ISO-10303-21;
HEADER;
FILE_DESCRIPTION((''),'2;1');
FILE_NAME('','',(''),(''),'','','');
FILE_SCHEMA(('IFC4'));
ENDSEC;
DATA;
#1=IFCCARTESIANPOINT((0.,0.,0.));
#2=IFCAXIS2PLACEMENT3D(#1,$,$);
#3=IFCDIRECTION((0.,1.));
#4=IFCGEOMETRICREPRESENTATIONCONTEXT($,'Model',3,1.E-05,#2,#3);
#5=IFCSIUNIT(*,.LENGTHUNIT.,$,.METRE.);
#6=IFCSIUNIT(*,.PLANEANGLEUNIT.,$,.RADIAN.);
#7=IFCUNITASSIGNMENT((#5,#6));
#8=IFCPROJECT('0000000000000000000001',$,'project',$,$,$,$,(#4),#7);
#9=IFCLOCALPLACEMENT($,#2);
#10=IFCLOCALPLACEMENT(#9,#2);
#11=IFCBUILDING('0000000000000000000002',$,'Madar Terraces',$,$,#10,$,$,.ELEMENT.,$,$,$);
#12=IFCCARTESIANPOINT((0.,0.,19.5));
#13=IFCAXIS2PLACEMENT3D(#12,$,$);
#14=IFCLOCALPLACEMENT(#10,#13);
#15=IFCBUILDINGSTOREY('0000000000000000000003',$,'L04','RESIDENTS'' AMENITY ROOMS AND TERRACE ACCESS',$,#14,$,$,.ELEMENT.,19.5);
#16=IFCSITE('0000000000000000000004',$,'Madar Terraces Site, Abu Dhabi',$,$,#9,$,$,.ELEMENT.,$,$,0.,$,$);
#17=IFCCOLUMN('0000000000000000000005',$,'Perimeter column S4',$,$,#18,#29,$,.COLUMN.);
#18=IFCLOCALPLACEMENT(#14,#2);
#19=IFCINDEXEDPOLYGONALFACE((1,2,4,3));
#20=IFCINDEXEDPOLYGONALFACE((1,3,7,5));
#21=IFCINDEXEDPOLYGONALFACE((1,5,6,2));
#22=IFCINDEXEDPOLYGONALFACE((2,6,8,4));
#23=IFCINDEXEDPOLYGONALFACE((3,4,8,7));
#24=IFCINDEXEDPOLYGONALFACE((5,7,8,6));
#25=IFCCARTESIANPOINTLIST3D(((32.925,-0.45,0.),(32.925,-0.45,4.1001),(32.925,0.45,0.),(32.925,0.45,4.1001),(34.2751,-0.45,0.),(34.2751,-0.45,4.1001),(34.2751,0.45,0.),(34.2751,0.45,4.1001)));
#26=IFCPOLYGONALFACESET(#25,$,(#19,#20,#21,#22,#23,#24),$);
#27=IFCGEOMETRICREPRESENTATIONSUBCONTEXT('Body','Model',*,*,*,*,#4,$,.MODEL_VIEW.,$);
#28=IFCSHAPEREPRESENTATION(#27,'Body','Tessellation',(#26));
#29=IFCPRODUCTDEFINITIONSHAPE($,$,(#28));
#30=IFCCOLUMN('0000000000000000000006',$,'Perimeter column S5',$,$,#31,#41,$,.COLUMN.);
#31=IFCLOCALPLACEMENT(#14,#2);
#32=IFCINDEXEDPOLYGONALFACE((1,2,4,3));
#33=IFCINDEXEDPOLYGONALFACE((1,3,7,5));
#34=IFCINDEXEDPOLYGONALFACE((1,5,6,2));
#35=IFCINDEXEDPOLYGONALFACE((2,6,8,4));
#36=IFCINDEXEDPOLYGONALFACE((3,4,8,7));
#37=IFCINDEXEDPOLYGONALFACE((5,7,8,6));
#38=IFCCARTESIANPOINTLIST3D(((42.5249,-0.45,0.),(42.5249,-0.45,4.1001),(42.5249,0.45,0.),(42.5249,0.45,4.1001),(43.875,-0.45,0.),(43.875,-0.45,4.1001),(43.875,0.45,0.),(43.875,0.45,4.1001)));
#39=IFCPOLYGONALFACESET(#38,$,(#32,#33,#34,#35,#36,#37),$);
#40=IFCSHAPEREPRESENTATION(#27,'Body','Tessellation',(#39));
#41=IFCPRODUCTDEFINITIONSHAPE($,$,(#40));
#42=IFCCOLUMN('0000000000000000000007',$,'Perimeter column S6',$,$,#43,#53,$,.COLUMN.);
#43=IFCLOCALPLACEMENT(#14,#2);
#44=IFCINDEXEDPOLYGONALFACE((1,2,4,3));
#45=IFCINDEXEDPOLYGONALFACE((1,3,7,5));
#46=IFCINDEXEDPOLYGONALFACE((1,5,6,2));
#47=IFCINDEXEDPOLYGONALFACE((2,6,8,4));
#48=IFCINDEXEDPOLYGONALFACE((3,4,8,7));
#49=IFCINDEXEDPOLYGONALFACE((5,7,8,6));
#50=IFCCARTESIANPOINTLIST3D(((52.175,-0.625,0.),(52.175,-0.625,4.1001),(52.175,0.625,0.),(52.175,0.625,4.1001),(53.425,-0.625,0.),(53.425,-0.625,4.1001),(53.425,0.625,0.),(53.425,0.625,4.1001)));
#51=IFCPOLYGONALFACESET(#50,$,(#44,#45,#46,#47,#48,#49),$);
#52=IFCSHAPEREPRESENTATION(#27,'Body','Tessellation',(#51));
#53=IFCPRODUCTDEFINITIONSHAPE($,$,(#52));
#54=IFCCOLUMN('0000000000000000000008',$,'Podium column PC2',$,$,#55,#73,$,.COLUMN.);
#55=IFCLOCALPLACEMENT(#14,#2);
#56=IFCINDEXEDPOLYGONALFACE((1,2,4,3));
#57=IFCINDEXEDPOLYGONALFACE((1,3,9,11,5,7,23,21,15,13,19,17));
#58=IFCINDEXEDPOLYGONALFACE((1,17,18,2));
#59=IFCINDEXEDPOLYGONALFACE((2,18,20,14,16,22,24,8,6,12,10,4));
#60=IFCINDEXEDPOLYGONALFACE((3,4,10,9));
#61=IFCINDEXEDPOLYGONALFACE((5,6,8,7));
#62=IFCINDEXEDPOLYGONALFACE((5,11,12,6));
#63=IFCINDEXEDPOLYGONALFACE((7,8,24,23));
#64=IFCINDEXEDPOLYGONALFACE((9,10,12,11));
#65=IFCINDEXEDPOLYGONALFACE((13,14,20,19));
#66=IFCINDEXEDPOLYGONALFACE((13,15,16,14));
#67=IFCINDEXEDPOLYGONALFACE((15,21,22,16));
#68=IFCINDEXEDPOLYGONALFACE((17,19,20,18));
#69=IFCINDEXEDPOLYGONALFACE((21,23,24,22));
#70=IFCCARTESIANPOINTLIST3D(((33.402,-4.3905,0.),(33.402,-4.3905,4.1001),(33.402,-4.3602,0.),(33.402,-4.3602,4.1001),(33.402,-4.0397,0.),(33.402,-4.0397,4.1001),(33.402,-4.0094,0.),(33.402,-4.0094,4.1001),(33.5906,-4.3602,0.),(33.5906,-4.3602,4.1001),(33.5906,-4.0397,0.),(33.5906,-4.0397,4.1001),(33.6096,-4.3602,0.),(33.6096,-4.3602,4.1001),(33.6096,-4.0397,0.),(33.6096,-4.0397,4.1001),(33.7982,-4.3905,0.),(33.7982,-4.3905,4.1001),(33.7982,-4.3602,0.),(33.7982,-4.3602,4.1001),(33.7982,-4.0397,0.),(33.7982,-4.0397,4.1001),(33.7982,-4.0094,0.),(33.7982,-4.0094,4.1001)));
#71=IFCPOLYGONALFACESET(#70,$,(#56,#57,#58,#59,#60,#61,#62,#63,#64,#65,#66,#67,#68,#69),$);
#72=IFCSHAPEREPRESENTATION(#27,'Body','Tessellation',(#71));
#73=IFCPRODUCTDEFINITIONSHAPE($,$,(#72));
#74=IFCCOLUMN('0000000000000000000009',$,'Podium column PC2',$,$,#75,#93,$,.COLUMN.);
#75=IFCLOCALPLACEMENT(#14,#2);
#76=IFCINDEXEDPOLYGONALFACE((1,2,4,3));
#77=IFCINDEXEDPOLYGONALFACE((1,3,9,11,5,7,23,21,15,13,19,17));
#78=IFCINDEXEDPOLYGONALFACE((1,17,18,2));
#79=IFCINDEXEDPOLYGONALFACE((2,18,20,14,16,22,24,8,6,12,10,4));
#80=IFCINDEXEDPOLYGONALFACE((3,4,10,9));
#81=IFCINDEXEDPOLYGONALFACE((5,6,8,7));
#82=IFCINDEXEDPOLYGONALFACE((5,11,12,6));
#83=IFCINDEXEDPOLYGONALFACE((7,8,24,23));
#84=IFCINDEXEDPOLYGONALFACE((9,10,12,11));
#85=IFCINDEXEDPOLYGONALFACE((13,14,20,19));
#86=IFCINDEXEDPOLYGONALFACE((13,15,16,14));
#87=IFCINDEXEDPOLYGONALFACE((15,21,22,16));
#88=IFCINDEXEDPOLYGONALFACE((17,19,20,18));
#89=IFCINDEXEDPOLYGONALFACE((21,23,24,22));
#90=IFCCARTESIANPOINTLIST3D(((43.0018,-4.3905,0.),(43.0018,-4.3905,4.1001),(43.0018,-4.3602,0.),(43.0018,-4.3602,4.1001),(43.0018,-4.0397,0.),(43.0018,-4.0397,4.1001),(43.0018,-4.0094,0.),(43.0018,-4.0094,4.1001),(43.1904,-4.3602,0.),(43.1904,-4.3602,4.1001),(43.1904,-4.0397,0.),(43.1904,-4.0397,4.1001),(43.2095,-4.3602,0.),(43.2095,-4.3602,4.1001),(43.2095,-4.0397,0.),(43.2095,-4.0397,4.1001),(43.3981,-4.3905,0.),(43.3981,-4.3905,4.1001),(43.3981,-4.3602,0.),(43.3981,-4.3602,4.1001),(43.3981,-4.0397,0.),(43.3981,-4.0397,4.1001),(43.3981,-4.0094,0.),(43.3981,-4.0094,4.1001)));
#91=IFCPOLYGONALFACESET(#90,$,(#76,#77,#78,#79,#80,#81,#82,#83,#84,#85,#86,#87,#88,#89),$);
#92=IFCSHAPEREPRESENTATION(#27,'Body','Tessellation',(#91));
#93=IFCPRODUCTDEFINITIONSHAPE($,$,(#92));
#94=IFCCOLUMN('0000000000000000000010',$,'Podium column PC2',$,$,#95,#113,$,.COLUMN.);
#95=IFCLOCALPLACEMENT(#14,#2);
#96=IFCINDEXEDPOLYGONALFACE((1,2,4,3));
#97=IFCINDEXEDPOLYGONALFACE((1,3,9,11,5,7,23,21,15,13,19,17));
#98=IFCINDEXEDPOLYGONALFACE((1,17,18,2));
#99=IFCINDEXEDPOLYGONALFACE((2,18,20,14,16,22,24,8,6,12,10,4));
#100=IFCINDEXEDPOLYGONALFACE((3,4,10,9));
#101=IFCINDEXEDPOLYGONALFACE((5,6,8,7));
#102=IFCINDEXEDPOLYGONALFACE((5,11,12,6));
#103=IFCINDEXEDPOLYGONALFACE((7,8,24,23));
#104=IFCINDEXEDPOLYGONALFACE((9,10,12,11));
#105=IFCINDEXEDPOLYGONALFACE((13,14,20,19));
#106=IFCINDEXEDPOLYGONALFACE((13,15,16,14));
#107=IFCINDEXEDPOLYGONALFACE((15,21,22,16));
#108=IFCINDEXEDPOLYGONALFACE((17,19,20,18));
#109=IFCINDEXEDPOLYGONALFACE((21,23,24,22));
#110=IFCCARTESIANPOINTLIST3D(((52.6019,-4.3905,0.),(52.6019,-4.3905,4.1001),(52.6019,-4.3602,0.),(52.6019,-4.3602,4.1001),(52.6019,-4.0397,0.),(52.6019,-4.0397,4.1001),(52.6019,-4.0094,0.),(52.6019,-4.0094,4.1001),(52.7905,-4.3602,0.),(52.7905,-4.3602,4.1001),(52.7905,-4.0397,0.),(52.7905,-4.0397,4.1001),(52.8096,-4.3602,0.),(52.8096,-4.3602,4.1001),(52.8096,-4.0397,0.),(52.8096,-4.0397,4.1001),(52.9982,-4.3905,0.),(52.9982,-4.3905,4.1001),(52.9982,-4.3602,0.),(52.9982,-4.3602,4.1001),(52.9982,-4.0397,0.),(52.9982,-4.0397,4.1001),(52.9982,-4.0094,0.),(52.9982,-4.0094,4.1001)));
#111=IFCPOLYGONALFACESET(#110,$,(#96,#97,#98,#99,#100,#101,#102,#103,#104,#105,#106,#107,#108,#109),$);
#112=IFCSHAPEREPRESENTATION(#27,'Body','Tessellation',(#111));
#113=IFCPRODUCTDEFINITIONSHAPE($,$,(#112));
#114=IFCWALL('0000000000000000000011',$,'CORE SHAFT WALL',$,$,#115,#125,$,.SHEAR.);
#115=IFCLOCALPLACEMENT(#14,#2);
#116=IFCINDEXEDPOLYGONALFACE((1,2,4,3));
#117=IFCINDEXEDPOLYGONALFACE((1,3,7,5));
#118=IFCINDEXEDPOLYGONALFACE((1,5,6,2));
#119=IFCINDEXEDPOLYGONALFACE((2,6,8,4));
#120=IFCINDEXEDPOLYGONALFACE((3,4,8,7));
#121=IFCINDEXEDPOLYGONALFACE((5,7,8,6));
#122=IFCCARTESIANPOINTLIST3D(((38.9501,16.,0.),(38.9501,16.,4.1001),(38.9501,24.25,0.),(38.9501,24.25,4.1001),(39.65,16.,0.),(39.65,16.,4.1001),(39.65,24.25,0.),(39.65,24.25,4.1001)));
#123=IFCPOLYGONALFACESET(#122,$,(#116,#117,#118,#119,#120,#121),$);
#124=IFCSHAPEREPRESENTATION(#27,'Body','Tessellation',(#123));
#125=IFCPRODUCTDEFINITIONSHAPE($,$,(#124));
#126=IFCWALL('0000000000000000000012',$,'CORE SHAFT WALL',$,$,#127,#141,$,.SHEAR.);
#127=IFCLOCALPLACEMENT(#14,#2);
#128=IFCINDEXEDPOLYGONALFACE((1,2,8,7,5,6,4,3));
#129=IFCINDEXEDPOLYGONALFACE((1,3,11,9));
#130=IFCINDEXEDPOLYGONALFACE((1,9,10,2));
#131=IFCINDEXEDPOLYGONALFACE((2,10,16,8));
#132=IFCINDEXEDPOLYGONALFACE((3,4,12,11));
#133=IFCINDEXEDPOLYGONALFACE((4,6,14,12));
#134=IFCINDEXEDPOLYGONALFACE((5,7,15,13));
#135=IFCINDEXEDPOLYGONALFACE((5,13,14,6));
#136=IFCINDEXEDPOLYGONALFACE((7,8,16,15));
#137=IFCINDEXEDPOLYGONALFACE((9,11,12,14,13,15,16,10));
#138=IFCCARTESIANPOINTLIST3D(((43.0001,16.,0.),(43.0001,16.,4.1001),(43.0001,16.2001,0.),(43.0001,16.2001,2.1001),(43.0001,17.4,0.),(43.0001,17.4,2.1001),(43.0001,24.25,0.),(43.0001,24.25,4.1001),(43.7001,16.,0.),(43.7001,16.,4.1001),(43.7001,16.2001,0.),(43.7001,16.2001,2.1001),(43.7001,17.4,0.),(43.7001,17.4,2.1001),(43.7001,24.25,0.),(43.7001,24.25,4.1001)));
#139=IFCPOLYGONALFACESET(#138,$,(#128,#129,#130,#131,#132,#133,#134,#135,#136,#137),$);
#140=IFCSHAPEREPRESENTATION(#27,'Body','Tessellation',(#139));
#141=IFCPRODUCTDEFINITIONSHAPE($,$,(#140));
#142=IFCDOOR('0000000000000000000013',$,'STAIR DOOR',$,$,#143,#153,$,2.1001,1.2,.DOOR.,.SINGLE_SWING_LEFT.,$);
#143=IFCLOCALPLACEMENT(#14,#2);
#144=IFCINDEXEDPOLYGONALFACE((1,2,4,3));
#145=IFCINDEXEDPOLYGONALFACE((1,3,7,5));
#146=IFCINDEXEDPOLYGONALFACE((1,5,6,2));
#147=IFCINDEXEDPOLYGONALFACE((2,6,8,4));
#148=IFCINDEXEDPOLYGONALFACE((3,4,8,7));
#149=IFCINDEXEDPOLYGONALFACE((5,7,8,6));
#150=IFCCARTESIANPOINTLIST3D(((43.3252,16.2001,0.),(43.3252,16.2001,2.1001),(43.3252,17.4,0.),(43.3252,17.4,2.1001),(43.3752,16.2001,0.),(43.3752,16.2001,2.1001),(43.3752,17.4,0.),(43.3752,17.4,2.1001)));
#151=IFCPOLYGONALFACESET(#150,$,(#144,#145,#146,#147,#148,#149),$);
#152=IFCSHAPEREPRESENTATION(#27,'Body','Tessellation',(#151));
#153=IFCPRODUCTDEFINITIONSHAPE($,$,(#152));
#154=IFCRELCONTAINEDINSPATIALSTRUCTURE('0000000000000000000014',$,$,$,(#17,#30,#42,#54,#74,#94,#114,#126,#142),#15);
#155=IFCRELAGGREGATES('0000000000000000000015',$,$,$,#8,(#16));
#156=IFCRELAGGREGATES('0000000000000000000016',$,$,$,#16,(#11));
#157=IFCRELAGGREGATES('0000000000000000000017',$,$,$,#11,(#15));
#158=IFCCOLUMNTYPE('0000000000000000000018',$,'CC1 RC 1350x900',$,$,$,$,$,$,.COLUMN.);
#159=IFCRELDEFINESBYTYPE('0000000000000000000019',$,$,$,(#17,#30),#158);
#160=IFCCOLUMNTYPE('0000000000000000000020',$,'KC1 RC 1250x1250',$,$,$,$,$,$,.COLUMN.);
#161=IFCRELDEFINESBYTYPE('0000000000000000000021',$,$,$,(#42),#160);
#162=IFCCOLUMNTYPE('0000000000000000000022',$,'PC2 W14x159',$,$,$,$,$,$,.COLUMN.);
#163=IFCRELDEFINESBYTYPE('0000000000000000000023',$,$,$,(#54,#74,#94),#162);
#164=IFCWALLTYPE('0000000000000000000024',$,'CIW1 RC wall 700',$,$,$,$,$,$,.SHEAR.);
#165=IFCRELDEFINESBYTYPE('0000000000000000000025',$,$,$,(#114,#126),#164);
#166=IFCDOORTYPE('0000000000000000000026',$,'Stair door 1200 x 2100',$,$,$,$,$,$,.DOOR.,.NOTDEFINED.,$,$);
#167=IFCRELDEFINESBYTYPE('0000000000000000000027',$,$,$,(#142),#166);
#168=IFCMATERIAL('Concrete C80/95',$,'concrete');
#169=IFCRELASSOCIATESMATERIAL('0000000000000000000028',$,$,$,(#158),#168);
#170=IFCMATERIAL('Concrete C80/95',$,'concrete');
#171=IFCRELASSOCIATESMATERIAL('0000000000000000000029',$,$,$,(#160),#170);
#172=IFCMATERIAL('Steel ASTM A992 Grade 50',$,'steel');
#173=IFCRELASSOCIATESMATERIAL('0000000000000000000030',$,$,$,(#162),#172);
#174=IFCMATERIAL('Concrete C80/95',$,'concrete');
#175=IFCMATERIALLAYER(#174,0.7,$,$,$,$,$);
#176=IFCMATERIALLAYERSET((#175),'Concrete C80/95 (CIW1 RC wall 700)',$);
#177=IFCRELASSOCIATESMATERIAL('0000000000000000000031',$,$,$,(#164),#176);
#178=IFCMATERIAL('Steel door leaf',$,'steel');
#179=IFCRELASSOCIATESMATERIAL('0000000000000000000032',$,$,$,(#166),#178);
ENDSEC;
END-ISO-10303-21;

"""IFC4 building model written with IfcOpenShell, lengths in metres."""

from ifc_helpers import new_model, si_unit, direction, frame, frame_2d, origin, origin_2d, place, context, subcontext, project, spatial, rectangle, i_section, extrude, material, layer, layer_set, material_profile, profile_set, type_object, element, fill, save


model = new_model("IFC4")

# Units and contexts
model_context = context("Model", 3, precision=1e-05, world=origin(), true_north=direction((0.0, 1.0)))
body_context = subcontext(model_context, "Body", "Model", "MODEL_VIEW")
ifc_project = project(units=[si_unit("LENGTHUNIT", "METRE"), si_unit("PLANEANGLEUNIT", "RADIAN")], contexts=[model_context])

# Site, building, storey
site_placement = place(None, origin())
site = spatial("IfcSite", under=ifc_project, at=site_placement, Name="Madar Terraces Site, Abu Dhabi", CompositionType="ELEMENT", RefElevation=0.0)
building_placement = place(site_placement, origin())
building = spatial("IfcBuilding", under=site, at=building_placement, Name="Madar Terraces", CompositionType="ELEMENT")
storey_placement = place(building_placement, frame((0.0, 0.0, 19.5)))
storey = spatial("IfcBuildingStorey", under=building, at=storey_placement, Name="L04", Description="RESIDENTS' AMENITY ROOMS AND TERRACE ACCESS", CompositionType="ELEMENT", Elevation=19.5)

# Columns
ifc_material_1 = material(Name="Concrete C80/95", Category="concrete")
ifc_material_profile_1 = material_profile(ifc_material_1, rectangle(XDim=1.3501, YDim=0.8999, at=origin_2d()), Name="CC1 RC 1350x900")
ifc_profile_set_1 = profile_set([ifc_material_profile_1], Name="Concrete C80/95")
column_type_1 = type_object("IfcColumnType", Name="CC1 RC 1350x900", PredefinedType="COLUMN", material=ifc_profile_set_1)
for number, where, z_axis, x_axis, name in (
    (1, (33.6001, 0.0, 0.0), (0.0, 0.0, 1.0), (1.0, 0.0, 0.0), "Perimeter column S4"),
    (2, (43.2, 0.0, 0.0), (0.0, 0.0, 1.0), (1.0, 0.0, 0.0), "Perimeter column S5"),
):
    element("IfcColumn", number, at=place(storey_placement, frame(where, z_axis=z_axis, x_axis=x_axis)), inside=storey, type_object=column_type_1, Name=name, PredefinedType="COLUMN", context=body_context, shape_type="SweptSolid", body=[
        extrude(rectangle(XDim=1.3501, YDim=0.8999, at=origin_2d()), origin(), (0.0, 0.0, 1.0), 4.1001),
    ])
ifc_material_2 = material(Name="Concrete C80/95", Category="concrete")
ifc_material_profile_2 = material_profile(ifc_material_2, rectangle(XDim=1.25, YDim=1.25, at=origin_2d()), Name="KC1 RC 1250x1250")
ifc_profile_set_2 = profile_set([ifc_material_profile_2], Name="Concrete C80/95")
column_type_2 = type_object("IfcColumnType", Name="KC1 RC 1250x1250", PredefinedType="COLUMN", material=ifc_profile_set_2)
column_placement = place(storey_placement, frame((52.8, 0.0, 0.0), z_axis=(0.0, 0.0, 1.0), x_axis=(1.0, 0.0, 0.0)))
element("IfcColumn", 3, at=column_placement, inside=storey, type_object=column_type_2, Name="Perimeter column S6", PredefinedType="COLUMN", context=body_context, shape_type="SweptSolid", body=[
    extrude(rectangle(XDim=1.25, YDim=1.25, at=origin_2d()), origin(), (0.0, 0.0, 1.0), 4.1001),
])
ifc_material_3 = material(Name="Steel ASTM A992 Grade 50", Category="steel")
ifc_material_profile_3 = material_profile(ifc_material_3, i_section(OverallWidth=0.3962, OverallDepth=0.3811, WebThickness=0.019, FlangeThickness=0.0303, at=origin_2d()), Name="W14x159")
ifc_profile_set_3 = profile_set([ifc_material_profile_3], Name="Steel ASTM A992 Grade 50")
column_type_3 = type_object("IfcColumnType", Name="PC2 W14x159", PredefinedType="COLUMN", material=ifc_profile_set_3)
for number, where, z_axis, x_axis, name in (
    (4, (33.6001, -4.2, 0.0), (0.0, 0.0, 1.0), (1.0, 0.0, 0.0), "Podium column PC2"),
    (5, (43.2, -4.2, 0.0), (0.0, 0.0, 1.0), (1.0, 0.0, 0.0), "Podium column PC2"),
    (6, (52.8, -4.2, 0.0), (0.0, 0.0, 1.0), (1.0, 0.0, 0.0), "Podium column PC2"),
):
    element("IfcColumn", number, at=place(storey_placement, frame(where, z_axis=z_axis, x_axis=x_axis)), inside=storey, type_object=column_type_3, Name=name, PredefinedType="COLUMN", context=body_context, shape_type="SweptSolid", body=[
        extrude(i_section(OverallWidth=0.3962, OverallDepth=0.3811, WebThickness=0.019, FlangeThickness=0.0303, at=origin_2d()), origin(), (0.0, 0.0, 1.0), 4.1001),
    ])

# Wall
ifc_material_4 = material(Name="Concrete C80/95", Category="concrete")
ifc_layer_1 = layer(ifc_material_4, 0.7)
ifc_layer_set_1 = layer_set([ifc_layer_1], Name="Concrete C80/95 (CIW1 RC wall 700)")
wall_type_1 = type_object("IfcWallType", Name="CIW1 RC wall 700", PredefinedType="SHEAR", material=ifc_layer_set_1)
wall_1_placement = place(storey_placement, frame((39.3, 16.0, 0.0), z_axis=(0.0, 0.0, 1.0), x_axis=(0.0, 1.0, 0.0)))
element("IfcWall", 7, at=wall_1_placement, inside=storey, type_object=wall_type_1, Name="CORE SHAFT WALL", PredefinedType="SHEAR", context=body_context, shape_type="SweptSolid", body=[
    extrude(rectangle(XDim=8.25, YDim=0.7, at=frame_2d((4.125, 0.0))), origin(), (0.0, 0.0, 1.0), 4.1001),
])

# Wall, opening, door
wall_2_placement = place(storey_placement, frame((43.3501, 16.0, 0.0), z_axis=(0.0, 0.0, 1.0), x_axis=(0.0, 1.0, 0.0)))
wall_2 = element("IfcWall", 8, at=wall_2_placement, inside=storey, type_object=wall_type_1, Name="CORE SHAFT WALL", PredefinedType="SHEAR", context=body_context, shape_type="SweptSolid", body=[
    extrude(rectangle(XDim=8.25, YDim=0.7, at=frame_2d((4.125, 0.0))), origin(), (0.0, 0.0, 1.0), 4.1001),
])
opening_1_placement = place(wall_2_placement, frame((0.2, 0.0, 0.0)))
opening_1 = element("IfcOpeningElement", 9, at=opening_1_placement, cuts=wall_2, PredefinedType="OPENING", context=body_context, shape_type="SweptSolid", body=[
    extrude(rectangle(XDim=1.2, YDim=2.1001, at=frame_2d((0.6001, 1.05))), frame((0.0, 0.3599, 0.0), z_axis=(0.0, -1.0, 0.0), x_axis=(1.0, 0.0, 0.0)), (0.0, 0.0, 1.0), 0.72),
])
ifc_material_5 = material(Name="Steel door leaf", Category="steel")
door_type_1 = type_object("IfcDoorType", Name="Stair door 1200 x 2100", OperationType="NOTDEFINED", PredefinedType="DOOR", material=ifc_material_5)
door_1_placement = place(opening_1_placement, origin())
door_1 = element("IfcDoor", 10, at=door_1_placement, inside=storey, type_object=door_type_1, Name="STAIR DOOR", OperationType="SINGLE_SWING_LEFT", OverallHeight=2.1001, OverallWidth=1.2, PredefinedType="DOOR", context=body_context, shape_type="SweptSolid", body=[
    extrude(rectangle(XDim=1.2, YDim=2.1001, at=frame_2d((0.6001, 1.05))), frame((0.0, 0.0249, 0.0), z_axis=(0.0, -1.0, 0.0), x_axis=(1.0, 0.0, 0.0)), (0.0, 0.0, 1.0), 0.05),
])
fill(opening_1, door_1)

save(model, "model.ifc")
